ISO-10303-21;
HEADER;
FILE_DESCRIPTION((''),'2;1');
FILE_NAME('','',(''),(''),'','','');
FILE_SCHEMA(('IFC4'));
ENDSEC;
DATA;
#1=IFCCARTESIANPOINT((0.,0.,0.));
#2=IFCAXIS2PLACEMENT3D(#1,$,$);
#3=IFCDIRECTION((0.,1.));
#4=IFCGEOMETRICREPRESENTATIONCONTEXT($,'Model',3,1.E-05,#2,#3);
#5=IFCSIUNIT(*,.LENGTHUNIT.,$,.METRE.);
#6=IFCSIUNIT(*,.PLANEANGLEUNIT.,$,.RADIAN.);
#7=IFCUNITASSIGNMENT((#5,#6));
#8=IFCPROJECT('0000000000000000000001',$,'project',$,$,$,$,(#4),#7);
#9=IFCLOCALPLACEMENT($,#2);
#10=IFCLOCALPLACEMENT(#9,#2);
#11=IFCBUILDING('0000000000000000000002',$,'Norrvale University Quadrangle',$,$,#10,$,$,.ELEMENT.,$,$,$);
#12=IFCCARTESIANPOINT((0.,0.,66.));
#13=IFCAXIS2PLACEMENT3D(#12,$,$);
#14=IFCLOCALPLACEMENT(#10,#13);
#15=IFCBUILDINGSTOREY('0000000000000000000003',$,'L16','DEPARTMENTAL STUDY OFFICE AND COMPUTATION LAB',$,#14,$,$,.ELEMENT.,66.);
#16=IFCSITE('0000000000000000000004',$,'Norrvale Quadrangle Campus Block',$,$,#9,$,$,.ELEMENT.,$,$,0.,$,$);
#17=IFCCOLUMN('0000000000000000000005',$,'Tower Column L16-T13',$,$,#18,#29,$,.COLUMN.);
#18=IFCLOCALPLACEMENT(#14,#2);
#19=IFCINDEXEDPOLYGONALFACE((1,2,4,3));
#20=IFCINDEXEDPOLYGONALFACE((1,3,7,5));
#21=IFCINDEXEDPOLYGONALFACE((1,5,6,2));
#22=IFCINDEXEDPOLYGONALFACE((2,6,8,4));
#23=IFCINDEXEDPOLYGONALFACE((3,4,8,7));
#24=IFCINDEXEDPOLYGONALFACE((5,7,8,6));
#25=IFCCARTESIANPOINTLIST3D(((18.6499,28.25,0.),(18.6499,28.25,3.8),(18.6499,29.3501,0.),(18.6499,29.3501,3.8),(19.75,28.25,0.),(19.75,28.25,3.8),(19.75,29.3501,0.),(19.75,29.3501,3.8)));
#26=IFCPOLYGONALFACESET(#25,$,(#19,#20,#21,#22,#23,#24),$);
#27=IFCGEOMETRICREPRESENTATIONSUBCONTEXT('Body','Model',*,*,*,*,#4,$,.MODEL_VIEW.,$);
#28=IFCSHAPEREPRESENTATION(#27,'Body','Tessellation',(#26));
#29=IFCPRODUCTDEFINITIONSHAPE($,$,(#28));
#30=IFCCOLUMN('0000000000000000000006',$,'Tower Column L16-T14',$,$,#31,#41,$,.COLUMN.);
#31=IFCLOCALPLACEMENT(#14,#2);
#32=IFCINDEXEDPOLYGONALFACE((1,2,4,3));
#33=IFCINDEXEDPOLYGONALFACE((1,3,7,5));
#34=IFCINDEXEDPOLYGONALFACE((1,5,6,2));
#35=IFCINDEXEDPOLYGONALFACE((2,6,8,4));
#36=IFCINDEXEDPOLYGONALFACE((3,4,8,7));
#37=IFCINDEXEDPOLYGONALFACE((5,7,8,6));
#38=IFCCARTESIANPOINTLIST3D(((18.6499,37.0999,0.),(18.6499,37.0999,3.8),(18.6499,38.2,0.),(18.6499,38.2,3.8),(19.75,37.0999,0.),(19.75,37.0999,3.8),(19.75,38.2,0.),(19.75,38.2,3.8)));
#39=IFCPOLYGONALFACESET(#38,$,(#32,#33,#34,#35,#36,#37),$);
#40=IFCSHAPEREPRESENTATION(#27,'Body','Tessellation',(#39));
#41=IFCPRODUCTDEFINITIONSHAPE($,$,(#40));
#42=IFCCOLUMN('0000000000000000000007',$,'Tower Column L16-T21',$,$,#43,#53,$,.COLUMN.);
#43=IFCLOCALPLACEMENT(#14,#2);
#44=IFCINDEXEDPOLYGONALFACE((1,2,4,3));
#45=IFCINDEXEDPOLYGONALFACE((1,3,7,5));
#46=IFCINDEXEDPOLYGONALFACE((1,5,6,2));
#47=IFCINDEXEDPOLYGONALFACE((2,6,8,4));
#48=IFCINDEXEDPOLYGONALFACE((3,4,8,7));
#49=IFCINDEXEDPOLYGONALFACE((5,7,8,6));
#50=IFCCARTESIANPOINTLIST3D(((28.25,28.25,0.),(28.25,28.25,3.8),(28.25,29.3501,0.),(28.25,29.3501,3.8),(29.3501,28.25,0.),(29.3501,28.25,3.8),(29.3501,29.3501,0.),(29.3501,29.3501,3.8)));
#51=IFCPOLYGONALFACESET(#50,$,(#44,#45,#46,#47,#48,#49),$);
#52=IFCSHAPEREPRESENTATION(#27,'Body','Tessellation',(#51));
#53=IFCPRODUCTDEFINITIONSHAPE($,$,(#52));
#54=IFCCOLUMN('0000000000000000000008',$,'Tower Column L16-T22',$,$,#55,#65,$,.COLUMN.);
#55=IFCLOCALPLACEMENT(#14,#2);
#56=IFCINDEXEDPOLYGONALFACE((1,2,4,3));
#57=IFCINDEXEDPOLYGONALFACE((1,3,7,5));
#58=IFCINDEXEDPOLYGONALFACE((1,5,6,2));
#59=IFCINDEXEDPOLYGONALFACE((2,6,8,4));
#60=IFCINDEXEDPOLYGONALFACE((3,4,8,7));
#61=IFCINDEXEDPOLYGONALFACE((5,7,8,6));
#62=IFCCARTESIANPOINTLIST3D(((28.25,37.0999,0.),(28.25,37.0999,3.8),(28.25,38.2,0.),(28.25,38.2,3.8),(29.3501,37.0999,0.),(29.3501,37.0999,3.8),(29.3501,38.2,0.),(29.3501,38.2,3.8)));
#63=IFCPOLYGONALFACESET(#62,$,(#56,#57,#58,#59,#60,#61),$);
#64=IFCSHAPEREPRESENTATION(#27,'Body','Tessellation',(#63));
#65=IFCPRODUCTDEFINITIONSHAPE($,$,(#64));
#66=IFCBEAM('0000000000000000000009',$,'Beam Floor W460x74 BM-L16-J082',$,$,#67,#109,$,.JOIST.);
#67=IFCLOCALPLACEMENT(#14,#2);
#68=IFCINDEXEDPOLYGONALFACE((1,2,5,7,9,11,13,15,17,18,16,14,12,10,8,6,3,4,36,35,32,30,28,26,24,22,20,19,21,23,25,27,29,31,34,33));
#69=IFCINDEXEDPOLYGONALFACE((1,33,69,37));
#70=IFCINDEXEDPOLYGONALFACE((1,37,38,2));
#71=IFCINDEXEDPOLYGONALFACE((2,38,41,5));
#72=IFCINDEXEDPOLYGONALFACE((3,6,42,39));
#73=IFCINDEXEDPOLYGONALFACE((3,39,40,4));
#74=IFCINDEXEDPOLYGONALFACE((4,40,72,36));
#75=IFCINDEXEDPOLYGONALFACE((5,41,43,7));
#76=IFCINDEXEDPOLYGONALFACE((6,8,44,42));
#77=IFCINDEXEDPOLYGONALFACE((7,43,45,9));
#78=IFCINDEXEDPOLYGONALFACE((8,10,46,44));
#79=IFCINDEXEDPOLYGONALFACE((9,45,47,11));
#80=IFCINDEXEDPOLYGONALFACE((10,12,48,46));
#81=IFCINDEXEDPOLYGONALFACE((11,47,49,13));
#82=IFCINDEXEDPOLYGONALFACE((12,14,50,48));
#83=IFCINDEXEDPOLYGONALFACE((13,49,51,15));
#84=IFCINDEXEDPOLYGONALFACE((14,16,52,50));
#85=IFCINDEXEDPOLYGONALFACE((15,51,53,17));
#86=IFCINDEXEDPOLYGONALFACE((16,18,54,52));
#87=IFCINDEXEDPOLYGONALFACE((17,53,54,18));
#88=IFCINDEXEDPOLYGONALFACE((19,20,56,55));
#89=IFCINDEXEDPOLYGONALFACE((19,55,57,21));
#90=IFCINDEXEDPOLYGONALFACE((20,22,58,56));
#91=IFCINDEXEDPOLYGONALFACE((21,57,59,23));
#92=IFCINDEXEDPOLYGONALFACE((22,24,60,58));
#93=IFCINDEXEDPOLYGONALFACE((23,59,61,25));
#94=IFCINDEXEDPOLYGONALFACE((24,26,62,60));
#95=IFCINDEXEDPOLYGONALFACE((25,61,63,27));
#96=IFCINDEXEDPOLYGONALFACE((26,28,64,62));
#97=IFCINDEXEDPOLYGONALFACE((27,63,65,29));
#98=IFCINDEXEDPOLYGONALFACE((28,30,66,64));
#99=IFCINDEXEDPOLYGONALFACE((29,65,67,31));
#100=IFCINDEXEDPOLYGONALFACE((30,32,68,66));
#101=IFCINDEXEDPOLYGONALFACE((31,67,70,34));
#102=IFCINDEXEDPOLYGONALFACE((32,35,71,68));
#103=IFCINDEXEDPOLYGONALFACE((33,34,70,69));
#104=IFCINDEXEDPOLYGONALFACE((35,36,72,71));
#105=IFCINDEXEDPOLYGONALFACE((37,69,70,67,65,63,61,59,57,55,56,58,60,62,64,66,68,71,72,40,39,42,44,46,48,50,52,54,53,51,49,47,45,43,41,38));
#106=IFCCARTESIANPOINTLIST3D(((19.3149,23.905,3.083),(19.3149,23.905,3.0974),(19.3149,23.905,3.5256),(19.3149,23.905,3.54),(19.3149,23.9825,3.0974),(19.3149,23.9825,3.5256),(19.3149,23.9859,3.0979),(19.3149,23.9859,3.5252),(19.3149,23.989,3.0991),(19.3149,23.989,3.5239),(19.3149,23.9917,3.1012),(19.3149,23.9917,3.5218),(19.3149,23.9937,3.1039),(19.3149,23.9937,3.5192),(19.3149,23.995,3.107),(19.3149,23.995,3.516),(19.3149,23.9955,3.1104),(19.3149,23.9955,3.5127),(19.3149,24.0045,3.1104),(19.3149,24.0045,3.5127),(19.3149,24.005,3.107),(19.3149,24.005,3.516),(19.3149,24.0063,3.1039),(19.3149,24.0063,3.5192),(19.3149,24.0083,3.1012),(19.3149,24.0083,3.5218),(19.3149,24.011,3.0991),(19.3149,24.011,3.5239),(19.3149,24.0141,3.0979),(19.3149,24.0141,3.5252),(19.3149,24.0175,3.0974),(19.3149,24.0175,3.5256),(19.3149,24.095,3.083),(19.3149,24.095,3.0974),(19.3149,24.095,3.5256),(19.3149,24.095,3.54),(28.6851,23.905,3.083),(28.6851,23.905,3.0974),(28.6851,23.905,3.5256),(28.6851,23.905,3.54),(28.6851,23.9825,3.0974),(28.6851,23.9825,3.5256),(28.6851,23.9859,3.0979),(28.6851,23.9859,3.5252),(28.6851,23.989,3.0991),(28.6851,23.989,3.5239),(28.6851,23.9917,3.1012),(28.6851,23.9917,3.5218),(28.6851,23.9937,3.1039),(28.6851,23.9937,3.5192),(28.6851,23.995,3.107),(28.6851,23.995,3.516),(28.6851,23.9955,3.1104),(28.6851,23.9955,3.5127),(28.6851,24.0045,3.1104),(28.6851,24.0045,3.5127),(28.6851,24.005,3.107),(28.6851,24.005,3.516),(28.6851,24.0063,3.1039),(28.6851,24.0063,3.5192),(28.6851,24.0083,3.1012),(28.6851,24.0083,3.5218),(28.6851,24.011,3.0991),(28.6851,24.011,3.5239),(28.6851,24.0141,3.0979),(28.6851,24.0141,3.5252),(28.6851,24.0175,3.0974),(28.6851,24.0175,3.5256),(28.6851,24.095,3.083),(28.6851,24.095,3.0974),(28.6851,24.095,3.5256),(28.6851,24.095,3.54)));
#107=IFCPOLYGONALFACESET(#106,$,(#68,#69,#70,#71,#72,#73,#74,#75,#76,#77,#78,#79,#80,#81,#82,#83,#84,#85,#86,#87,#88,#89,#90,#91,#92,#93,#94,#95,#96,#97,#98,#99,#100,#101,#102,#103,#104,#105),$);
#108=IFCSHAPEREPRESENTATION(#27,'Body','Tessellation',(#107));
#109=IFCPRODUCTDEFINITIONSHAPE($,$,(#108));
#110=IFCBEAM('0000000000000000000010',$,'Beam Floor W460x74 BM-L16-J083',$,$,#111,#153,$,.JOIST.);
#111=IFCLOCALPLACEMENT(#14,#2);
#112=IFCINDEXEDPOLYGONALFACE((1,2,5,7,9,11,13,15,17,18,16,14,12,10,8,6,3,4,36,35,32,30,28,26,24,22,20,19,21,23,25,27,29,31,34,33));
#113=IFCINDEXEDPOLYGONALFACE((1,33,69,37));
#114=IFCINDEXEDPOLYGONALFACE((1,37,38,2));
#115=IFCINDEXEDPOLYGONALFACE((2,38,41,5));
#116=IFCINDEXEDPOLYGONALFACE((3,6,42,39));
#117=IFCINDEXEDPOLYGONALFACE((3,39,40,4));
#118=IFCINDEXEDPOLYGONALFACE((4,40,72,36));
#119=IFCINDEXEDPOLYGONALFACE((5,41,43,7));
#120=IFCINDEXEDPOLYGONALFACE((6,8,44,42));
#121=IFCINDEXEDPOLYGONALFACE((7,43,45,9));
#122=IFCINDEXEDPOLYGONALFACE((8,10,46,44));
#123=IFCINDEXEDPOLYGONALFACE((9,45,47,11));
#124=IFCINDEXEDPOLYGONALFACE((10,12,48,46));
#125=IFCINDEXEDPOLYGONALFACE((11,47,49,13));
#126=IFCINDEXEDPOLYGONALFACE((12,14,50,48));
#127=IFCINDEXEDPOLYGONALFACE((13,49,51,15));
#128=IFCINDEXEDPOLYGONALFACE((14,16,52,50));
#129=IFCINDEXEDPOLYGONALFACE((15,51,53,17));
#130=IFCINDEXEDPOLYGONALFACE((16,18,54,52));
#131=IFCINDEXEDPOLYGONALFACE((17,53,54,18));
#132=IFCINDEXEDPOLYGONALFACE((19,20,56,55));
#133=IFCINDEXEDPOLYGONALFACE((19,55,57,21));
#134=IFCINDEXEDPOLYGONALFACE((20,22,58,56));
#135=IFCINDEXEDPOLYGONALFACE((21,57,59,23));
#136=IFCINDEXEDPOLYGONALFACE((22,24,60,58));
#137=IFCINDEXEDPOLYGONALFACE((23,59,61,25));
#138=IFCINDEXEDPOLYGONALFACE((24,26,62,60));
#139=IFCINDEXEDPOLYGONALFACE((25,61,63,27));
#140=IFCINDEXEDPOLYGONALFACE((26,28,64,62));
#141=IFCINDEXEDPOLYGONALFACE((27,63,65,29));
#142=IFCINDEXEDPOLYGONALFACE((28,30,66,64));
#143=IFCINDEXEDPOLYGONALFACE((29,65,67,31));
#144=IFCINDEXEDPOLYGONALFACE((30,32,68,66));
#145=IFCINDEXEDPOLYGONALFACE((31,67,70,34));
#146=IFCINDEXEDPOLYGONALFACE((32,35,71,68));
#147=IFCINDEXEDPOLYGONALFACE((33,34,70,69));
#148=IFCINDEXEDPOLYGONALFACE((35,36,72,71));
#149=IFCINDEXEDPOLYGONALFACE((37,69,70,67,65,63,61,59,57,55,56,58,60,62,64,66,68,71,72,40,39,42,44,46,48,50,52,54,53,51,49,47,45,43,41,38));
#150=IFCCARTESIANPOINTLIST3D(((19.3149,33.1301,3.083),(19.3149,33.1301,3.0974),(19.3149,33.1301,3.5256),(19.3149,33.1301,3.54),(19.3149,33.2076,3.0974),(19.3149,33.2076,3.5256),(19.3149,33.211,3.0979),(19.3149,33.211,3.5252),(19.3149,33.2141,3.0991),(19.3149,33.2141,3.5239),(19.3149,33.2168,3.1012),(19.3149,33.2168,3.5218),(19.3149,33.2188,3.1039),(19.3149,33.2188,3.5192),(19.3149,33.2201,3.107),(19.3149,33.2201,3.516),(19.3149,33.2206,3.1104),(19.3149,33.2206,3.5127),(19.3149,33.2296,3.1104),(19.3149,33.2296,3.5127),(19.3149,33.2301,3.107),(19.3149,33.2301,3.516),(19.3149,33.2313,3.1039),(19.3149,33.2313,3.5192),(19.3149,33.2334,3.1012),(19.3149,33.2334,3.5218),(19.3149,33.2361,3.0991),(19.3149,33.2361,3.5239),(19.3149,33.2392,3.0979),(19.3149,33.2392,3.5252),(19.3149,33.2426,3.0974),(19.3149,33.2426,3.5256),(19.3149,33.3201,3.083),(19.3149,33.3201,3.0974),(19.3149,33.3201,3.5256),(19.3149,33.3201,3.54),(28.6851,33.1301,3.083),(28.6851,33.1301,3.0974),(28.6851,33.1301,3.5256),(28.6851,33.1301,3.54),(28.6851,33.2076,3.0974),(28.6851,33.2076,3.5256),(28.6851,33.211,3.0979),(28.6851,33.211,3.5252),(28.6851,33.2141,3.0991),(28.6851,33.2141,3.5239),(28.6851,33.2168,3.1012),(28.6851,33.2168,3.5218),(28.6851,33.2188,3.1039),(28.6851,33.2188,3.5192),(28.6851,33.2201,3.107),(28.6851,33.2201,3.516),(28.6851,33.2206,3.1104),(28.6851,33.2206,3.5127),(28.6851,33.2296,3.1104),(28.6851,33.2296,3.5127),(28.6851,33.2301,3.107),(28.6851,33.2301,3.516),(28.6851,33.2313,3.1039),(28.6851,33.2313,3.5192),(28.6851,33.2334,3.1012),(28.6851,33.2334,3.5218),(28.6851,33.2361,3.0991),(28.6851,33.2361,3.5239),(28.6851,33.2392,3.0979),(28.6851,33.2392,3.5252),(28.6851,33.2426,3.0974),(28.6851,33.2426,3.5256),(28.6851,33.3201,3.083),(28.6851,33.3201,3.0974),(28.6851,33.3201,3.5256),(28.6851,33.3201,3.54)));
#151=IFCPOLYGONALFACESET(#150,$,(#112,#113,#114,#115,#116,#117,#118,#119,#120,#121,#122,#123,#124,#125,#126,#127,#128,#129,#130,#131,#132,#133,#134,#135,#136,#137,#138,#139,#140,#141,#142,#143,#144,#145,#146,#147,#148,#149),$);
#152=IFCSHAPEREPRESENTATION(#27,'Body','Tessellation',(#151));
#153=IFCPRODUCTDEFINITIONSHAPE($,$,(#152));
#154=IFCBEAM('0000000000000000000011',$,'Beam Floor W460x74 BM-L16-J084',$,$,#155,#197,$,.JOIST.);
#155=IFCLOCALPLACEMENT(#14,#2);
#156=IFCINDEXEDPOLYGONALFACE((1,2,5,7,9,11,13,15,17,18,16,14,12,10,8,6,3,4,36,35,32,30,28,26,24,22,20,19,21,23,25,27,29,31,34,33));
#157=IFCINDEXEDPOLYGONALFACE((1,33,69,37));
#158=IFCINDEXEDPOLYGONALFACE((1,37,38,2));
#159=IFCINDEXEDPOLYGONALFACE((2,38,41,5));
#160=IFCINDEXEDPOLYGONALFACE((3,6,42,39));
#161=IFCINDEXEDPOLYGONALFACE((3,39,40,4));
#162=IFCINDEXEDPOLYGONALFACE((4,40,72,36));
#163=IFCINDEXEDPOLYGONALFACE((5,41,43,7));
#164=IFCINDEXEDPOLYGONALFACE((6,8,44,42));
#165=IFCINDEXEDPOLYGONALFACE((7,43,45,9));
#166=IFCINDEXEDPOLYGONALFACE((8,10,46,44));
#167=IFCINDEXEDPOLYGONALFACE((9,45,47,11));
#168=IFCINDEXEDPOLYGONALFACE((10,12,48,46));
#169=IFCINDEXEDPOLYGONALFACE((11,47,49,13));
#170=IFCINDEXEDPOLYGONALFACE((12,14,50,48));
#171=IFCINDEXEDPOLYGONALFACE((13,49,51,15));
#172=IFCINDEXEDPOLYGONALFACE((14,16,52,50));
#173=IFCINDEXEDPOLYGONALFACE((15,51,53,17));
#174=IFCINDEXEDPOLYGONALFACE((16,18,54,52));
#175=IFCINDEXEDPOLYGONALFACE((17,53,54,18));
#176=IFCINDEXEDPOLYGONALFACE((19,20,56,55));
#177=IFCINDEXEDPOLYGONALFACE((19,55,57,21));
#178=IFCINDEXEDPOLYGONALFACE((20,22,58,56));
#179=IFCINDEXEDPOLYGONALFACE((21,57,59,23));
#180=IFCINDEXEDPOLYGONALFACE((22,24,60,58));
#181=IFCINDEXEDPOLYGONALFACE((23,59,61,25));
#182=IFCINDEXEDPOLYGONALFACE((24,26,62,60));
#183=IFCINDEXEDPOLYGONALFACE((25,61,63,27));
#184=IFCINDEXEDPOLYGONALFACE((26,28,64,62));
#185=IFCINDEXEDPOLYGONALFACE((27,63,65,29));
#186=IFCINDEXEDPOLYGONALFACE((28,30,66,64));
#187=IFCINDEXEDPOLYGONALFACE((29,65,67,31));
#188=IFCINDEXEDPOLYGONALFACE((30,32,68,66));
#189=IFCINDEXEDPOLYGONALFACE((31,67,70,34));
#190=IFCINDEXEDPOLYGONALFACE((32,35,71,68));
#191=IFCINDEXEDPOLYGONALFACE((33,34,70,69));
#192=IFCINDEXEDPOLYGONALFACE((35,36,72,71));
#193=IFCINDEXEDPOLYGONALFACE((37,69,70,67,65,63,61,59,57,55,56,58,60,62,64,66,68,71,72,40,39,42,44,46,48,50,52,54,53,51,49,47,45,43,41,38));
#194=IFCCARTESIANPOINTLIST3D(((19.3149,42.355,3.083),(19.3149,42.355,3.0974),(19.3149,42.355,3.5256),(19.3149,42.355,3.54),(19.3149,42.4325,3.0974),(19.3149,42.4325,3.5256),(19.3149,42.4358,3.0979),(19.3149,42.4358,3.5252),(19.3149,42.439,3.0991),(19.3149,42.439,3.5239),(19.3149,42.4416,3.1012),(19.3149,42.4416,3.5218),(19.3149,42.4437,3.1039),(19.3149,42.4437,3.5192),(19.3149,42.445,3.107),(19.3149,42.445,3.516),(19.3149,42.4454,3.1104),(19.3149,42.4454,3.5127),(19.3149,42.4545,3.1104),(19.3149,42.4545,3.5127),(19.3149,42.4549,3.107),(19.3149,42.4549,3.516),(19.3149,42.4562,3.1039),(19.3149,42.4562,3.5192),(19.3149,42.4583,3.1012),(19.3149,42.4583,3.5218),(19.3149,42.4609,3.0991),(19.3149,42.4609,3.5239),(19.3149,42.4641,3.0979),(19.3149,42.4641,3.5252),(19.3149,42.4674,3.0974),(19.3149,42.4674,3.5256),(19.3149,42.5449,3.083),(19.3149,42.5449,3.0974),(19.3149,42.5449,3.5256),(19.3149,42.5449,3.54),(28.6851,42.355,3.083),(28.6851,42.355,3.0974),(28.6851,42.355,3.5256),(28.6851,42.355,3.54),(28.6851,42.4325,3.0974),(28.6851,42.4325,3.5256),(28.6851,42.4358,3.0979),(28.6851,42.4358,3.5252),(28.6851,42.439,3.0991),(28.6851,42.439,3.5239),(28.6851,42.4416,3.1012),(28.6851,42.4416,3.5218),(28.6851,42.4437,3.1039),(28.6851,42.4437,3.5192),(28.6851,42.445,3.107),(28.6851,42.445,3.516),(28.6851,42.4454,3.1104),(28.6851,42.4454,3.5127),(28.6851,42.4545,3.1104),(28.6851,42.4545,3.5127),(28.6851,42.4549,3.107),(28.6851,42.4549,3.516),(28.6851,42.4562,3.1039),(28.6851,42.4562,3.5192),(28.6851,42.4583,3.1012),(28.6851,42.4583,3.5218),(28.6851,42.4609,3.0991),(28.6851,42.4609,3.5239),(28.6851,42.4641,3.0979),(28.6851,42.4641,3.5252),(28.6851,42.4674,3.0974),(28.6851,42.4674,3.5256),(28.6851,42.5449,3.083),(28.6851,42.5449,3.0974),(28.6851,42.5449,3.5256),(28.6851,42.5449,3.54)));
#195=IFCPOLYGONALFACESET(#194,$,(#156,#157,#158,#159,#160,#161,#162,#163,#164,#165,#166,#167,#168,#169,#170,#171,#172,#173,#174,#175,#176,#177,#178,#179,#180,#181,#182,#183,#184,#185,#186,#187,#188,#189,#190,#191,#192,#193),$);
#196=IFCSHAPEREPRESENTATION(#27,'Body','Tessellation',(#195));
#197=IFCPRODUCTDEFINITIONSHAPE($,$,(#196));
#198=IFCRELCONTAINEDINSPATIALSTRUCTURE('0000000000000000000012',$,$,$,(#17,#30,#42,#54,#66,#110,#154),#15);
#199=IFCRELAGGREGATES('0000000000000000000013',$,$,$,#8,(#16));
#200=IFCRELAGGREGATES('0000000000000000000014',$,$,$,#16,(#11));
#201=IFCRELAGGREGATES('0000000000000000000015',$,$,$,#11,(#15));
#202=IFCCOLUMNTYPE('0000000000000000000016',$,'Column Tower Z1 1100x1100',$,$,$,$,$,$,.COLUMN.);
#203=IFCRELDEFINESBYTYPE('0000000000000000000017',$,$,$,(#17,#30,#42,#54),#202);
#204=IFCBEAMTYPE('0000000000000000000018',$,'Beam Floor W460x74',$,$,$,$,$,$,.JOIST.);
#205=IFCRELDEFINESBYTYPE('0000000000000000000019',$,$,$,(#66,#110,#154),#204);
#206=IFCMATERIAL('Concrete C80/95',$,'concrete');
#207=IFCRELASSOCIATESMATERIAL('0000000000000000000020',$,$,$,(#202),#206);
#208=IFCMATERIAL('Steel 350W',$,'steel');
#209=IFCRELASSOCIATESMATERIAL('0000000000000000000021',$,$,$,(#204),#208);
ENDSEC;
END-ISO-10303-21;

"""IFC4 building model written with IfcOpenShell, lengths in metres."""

from ifc_helpers import new_model, si_unit, direction, frame, origin, origin_2d, place, context, subcontext, project, spatial, rectangle, i_section, extrude, material, material_profile, profile_set, type_object, element, save


model = new_model("IFC4")

# Units and contexts
model_context = context("Model", 3, precision=1e-05, world=origin(), true_north=direction((0.0, 1.0)))
body_context = subcontext(model_context, "Body", "Model", "MODEL_VIEW")
ifc_project = project(units=[si_unit("LENGTHUNIT", "METRE"), si_unit("PLANEANGLEUNIT", "RADIAN")], contexts=[model_context])

# Site, building, storey
site_placement = place(None, origin())
site = spatial("IfcSite", under=ifc_project, at=site_placement, Name="Norrvale Quadrangle Campus Block", CompositionType="ELEMENT", RefElevation=0.0)
building_placement = place(site_placement, origin())
building = spatial("IfcBuilding", under=site, at=building_placement, Name="Norrvale University Quadrangle", CompositionType="ELEMENT")
storey_placement = place(building_placement, frame((0.0, 0.0, 66.0)))
storey = spatial("IfcBuildingStorey", under=building, at=storey_placement, Name="L16", Description="DEPARTMENTAL STUDY OFFICE AND COMPUTATION LAB", CompositionType="ELEMENT", Elevation=66.0)

# Columns
ifc_material_1 = material(Name="Concrete C80/95", Category="concrete")
ifc_material_profile_1 = material_profile(ifc_material_1, rectangle(XDim=1.1001, YDim=1.1001, at=origin_2d()), Name="Concrete C80/95")
ifc_profile_set_1 = profile_set([ifc_material_profile_1], Name="Concrete C80/95")
column_type = type_object("IfcColumnType", Name="Column Tower Z1 1100x1100", PredefinedType="COLUMN", material=ifc_profile_set_1)
for number, where, z_axis, x_axis, name in (
    (1, (19.2, 28.8, 0.0), (0.0, 0.0, 1.0), (1.0, 0.0, 0.0), "Tower Column L16-T13"),
    (2, (19.2, 37.6499, 0.0), (0.0, 0.0, 1.0), (1.0, 0.0, 0.0), "Tower Column L16-T14"),
    (3, (28.8, 28.8, 0.0), (0.0, 0.0, 1.0), (1.0, 0.0, 0.0), "Tower Column L16-T21"),
    (4, (28.8, 37.6499, 0.0), (0.0, 0.0, 1.0), (1.0, 0.0, 0.0), "Tower Column L16-T22"),
):
    element("IfcColumn", number, at=place(storey_placement, frame(where, z_axis=z_axis, x_axis=x_axis)), inside=storey, type_object=column_type, Name=name, PredefinedType="COLUMN", context=body_context, shape_type="SweptSolid", body=[
        extrude(rectangle(XDim=1.1001, YDim=1.1001, at=origin_2d()), origin(), (0.0, 0.0, 1.0), 3.8),
    ])

# Beams
ifc_material_2 = material(Name="Steel 350W", Category="steel")
ifc_material_profile_2 = material_profile(ifc_material_2, i_section(OverallWidth=0.1899, OverallDepth=0.457, WebThickness=0.009, FlangeThickness=0.0144, FilletRadius=0.0129, at=origin_2d()), Name="Steel 350W")
ifc_profile_set_2 = profile_set([ifc_material_profile_2], Name="Steel 350W")
beam_type_1 = type_object("IfcBeamType", Name="Beam Floor W460x74", PredefinedType="JOIST", material=ifc_profile_set_2)
for number, where, z_axis, x_axis, name in (
    (5, (19.3149, 24.0, 3.3115), (1.0, 0.0, 0.0), (0.0, 1.0, 0.0), "Beam Floor W460x74 BM-L16-J082"),
    (6, (19.3149, 33.2251, 3.3115), (1.0, 0.0, 0.0), (0.0, 1.0, 0.0), "Beam Floor W460x74 BM-L16-J083"),
    (7, (19.3149, 42.45, 3.3115), (1.0, 0.0, 0.0), (0.0, 1.0, 0.0), "Beam Floor W460x74 BM-L16-J084"),
):
    element("IfcBeam", number, at=place(storey_placement, frame(where, z_axis=z_axis, x_axis=x_axis)), inside=storey, type_object=beam_type_1, Name=name, PredefinedType="JOIST", context=body_context, shape_type="SweptSolid", body=[
        extrude(i_section(OverallWidth=0.1899, OverallDepth=0.457, WebThickness=0.009, FlangeThickness=0.0144, FilletRadius=0.0129, at=origin_2d()), origin(), (0.0, 0.0, 1.0), 9.3701),
    ])

save(model, "model.ifc")
